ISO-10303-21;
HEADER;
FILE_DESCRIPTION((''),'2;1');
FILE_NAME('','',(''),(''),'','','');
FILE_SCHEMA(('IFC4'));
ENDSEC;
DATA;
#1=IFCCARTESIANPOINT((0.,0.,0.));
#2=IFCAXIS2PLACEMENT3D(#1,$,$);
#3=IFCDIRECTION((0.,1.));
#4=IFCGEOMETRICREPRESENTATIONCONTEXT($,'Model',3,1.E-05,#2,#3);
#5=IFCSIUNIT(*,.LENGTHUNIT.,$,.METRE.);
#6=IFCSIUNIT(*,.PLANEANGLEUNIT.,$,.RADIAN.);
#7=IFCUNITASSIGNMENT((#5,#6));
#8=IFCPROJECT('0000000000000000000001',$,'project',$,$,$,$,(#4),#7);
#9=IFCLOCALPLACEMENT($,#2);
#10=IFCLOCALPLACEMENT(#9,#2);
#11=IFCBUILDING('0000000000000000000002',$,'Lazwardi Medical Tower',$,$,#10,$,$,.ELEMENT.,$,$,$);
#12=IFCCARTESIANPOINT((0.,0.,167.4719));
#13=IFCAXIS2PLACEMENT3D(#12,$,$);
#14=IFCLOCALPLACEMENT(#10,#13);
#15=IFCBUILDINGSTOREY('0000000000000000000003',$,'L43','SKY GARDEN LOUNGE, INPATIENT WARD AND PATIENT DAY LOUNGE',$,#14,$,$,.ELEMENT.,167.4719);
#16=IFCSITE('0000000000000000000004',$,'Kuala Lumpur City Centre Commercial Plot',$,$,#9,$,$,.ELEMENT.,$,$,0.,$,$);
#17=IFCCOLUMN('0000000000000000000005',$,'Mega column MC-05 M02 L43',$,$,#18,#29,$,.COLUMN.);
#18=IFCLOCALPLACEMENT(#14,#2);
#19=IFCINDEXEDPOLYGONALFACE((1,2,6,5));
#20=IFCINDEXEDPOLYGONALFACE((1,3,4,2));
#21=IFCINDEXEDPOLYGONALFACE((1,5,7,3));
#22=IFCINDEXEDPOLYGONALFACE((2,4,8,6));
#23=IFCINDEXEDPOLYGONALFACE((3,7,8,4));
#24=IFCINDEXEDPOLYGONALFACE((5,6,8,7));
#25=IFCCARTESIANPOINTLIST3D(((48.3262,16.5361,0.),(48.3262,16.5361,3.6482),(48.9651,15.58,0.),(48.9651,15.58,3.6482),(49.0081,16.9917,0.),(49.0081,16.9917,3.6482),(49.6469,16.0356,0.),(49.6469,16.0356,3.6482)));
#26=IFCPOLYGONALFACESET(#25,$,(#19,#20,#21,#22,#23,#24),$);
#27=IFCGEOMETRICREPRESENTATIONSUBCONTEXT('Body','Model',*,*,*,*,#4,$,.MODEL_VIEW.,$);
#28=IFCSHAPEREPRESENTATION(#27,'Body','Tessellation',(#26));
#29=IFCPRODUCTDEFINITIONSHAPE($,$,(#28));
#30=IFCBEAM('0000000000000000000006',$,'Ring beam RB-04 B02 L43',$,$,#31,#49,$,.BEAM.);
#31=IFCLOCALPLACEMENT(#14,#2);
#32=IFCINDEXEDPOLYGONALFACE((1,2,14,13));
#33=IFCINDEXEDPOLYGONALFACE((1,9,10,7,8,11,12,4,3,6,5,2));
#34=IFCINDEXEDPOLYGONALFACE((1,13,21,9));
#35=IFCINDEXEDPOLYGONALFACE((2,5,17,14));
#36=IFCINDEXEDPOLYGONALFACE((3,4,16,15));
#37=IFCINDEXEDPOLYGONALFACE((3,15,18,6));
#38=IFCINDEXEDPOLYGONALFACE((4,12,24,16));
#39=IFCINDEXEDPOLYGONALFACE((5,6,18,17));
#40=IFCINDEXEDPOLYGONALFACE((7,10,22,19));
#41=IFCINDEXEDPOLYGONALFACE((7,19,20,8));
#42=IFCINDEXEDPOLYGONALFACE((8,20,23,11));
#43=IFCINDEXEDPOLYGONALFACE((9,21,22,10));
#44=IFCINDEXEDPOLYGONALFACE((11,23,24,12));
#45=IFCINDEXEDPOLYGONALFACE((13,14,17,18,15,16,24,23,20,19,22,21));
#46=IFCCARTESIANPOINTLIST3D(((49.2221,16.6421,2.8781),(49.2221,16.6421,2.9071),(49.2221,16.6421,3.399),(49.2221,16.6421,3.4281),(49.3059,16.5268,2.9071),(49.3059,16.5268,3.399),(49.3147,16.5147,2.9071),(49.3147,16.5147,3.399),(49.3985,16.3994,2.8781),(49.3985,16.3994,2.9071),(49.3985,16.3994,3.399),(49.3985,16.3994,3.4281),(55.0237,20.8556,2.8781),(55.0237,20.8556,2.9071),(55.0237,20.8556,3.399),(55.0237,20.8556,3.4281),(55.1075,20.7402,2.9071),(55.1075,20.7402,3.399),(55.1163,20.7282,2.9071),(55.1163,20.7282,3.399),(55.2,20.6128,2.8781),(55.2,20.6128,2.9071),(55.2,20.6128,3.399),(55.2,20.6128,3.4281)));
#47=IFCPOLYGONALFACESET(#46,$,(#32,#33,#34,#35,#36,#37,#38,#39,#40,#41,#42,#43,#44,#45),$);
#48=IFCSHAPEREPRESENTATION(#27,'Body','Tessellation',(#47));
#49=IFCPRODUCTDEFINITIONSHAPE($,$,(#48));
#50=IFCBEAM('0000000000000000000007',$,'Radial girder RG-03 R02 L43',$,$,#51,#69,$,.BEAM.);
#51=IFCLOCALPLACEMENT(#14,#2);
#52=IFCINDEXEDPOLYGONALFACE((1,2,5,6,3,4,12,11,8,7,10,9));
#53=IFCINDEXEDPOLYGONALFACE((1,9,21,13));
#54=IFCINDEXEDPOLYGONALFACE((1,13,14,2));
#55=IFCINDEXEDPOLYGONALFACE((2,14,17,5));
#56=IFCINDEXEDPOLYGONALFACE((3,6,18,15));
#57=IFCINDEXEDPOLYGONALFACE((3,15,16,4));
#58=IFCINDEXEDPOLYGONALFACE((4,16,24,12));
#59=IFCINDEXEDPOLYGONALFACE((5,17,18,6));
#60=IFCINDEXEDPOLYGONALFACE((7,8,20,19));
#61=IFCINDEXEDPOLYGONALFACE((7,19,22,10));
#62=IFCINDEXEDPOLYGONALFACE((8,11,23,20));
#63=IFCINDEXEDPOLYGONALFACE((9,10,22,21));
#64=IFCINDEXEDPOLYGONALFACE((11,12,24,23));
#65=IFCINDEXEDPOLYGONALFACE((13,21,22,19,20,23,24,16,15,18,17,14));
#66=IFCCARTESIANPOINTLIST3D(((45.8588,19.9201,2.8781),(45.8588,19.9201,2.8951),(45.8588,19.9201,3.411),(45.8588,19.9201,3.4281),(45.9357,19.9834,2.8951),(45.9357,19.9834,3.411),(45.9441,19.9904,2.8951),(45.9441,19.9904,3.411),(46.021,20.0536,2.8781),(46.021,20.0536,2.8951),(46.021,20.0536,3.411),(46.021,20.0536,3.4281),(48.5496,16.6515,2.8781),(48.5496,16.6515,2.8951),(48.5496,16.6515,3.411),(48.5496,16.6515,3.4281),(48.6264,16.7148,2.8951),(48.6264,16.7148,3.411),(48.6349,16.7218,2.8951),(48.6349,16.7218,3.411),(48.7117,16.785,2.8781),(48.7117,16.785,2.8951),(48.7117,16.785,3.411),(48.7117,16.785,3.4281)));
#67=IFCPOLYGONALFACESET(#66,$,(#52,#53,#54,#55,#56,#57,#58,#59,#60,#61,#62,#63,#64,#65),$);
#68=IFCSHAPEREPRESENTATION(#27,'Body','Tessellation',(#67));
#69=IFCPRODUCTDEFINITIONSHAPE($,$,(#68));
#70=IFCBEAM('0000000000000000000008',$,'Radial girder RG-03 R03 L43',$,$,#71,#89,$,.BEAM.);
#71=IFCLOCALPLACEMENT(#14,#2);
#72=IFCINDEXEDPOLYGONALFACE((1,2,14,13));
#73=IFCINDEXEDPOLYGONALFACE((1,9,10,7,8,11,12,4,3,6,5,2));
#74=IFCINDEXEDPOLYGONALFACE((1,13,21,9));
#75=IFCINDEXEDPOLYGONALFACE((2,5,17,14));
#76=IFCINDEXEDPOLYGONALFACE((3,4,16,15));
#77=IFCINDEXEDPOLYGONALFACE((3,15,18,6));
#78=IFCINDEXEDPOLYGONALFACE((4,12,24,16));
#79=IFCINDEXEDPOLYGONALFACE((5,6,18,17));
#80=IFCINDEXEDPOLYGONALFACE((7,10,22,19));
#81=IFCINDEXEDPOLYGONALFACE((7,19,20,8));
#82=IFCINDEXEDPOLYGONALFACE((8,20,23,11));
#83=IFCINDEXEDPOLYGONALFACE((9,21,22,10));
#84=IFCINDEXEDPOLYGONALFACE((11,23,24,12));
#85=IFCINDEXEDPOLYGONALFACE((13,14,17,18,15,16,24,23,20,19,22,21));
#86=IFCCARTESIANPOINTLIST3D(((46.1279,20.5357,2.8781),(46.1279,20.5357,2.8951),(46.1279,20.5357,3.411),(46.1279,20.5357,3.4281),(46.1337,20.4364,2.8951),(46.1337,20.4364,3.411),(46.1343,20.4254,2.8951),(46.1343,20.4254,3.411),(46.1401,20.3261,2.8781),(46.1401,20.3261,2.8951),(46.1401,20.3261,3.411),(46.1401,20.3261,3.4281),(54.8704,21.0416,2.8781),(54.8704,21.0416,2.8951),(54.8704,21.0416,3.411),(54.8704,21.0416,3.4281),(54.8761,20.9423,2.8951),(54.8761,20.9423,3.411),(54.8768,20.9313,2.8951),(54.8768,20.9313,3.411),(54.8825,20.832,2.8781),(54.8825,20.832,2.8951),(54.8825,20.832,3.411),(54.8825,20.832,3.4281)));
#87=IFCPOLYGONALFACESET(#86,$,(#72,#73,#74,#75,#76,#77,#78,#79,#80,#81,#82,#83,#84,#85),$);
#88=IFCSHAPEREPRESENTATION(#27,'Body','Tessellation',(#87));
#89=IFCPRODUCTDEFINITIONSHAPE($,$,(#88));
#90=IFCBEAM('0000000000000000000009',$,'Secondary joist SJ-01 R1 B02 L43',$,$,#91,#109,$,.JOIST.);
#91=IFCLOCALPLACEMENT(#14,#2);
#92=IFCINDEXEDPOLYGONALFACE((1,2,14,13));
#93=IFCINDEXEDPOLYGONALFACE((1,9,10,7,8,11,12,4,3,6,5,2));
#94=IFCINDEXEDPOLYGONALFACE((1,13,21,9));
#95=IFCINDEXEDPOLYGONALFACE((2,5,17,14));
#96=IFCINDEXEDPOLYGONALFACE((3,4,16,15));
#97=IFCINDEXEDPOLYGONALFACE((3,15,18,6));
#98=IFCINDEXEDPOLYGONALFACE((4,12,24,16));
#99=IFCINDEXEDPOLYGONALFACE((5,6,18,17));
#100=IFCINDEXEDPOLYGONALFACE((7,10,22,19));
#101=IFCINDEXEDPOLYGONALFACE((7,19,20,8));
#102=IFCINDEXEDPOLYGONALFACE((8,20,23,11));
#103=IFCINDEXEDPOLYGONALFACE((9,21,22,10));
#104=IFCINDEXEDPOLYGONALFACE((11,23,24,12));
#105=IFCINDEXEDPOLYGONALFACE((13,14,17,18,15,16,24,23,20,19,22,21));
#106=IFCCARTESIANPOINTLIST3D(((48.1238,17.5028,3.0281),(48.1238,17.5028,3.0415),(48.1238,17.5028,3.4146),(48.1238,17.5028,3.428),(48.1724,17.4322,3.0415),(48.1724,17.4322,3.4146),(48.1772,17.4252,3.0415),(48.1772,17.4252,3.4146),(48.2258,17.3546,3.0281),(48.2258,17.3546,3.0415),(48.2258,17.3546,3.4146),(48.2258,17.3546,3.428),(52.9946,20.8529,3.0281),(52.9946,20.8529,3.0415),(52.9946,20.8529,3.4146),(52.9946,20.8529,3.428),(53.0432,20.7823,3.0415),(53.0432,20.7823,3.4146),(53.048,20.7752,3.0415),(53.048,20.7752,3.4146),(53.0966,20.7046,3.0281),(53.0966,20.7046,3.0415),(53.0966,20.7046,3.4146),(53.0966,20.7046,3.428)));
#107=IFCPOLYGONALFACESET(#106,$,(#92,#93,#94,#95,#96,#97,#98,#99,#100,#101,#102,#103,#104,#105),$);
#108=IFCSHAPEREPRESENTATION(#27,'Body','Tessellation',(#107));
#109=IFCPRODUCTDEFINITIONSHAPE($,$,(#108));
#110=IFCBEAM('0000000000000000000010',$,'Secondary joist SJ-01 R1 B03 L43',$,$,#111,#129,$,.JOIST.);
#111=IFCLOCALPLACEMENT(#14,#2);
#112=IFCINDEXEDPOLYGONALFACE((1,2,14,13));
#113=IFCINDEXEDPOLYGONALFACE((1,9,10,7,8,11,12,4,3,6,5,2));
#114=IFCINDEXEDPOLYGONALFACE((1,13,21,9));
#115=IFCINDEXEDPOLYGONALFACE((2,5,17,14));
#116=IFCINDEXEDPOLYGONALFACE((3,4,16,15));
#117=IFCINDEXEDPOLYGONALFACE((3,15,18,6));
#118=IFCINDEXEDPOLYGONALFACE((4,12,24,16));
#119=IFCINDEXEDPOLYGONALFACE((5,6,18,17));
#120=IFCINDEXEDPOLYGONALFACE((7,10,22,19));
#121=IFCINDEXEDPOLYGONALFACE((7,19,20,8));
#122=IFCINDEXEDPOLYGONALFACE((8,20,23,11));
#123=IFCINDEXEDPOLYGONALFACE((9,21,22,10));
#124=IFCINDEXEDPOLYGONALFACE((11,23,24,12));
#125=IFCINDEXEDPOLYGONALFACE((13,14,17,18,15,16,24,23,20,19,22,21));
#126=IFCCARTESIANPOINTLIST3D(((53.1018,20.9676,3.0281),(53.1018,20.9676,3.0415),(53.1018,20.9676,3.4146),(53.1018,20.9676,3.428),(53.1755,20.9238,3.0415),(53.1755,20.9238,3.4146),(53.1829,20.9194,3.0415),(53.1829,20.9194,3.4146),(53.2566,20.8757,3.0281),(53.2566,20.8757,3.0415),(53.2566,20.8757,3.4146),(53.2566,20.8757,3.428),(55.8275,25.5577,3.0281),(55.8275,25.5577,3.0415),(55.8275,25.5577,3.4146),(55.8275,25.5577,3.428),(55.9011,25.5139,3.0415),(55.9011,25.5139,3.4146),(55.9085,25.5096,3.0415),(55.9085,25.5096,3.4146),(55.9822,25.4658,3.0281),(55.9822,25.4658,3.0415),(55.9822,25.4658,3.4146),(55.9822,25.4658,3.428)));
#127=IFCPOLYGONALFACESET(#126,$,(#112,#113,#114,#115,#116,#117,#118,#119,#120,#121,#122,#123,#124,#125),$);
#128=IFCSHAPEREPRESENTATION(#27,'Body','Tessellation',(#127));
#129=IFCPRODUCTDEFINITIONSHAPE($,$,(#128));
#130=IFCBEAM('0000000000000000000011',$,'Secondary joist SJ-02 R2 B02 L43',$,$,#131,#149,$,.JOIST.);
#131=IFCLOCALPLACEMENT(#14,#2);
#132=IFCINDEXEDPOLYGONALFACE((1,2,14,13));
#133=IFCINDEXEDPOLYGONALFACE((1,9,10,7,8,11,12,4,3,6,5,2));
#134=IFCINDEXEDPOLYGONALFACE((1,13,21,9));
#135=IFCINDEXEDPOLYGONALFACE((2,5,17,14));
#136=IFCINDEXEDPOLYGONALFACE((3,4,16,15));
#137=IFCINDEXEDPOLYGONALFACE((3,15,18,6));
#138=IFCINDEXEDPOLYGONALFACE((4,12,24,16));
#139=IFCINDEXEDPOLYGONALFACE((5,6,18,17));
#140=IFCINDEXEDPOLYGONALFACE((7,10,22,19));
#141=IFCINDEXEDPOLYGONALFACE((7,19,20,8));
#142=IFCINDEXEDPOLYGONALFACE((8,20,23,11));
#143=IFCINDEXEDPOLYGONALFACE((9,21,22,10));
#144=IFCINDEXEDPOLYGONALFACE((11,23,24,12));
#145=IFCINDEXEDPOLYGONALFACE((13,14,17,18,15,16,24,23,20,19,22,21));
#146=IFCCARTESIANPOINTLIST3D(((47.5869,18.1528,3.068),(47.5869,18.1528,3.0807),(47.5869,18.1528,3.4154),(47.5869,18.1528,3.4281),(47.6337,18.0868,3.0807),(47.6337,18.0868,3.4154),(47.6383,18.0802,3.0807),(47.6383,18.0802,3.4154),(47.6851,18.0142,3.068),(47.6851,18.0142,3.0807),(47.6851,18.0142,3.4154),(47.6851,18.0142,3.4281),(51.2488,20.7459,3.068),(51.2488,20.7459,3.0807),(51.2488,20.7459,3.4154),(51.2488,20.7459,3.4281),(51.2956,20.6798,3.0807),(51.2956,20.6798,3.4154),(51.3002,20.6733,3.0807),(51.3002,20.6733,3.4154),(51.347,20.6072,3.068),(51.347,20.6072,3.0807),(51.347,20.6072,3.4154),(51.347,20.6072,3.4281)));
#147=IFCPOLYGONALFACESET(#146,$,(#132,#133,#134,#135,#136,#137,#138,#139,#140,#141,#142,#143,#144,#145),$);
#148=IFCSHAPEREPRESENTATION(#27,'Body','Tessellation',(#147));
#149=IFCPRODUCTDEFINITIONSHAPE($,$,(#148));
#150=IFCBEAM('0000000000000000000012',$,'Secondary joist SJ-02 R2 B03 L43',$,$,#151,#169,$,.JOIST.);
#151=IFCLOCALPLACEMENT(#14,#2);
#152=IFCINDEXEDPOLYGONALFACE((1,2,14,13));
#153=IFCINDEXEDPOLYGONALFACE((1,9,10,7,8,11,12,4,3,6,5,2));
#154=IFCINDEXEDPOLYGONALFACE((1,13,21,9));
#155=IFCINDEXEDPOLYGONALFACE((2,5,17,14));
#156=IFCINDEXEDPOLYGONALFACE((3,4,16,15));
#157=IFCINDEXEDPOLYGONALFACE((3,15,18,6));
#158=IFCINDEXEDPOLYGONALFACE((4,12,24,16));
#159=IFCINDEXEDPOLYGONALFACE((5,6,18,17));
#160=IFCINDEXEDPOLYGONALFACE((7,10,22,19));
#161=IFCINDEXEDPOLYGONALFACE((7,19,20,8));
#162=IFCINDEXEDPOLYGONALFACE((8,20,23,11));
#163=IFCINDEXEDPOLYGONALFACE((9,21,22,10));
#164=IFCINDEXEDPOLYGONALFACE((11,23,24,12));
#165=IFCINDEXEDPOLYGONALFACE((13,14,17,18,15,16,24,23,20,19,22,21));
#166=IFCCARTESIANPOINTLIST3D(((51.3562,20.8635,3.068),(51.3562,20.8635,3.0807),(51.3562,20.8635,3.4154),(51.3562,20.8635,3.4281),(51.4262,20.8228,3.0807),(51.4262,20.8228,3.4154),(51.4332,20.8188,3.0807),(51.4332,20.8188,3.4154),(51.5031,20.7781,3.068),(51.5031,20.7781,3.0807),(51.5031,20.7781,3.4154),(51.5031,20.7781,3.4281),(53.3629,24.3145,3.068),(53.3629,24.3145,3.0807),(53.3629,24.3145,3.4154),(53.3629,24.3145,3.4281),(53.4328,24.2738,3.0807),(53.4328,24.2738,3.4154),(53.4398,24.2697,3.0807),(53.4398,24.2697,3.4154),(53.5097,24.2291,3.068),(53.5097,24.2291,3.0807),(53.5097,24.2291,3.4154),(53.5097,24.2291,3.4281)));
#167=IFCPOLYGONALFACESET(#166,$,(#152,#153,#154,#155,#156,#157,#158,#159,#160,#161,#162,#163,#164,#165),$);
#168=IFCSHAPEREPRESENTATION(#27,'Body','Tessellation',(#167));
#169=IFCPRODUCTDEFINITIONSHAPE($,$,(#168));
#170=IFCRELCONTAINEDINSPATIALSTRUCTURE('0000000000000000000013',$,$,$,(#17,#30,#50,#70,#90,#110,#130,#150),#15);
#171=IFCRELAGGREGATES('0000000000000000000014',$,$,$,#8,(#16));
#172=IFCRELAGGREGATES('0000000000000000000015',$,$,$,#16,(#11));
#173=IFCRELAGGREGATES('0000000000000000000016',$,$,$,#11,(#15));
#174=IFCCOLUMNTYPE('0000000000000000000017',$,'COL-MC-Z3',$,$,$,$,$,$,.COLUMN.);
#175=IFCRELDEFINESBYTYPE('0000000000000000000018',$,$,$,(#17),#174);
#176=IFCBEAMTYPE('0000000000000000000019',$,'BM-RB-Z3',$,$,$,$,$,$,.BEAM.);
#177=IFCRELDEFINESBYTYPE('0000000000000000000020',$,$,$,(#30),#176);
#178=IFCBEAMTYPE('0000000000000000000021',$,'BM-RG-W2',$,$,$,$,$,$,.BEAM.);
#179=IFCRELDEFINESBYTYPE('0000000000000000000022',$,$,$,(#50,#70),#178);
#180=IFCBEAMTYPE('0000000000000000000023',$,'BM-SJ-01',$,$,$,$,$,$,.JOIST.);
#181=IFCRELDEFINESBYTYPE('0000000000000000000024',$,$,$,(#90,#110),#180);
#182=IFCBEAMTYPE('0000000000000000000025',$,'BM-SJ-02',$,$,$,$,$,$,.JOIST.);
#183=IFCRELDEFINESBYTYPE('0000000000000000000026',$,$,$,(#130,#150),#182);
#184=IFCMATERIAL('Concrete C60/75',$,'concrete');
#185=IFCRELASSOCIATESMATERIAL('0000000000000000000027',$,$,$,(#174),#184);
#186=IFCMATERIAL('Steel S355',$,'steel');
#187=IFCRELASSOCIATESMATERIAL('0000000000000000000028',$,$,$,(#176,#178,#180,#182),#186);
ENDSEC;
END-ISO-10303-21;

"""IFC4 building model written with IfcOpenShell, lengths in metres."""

from ifc_helpers import new_model, si_unit, direction, frame, origin, origin_2d, place, context, subcontext, project, spatial, rectangle, i_section, extrude, material, material_profile, profile_set, type_object, element, save


model = new_model("IFC4")

# Units and contexts
model_context = context("Model", 3, precision=1e-05, world=origin(), true_north=direction((0.0, 1.0)))
body_context = subcontext(model_context, "Body", "Model", "MODEL_VIEW")
ifc_project = project(units=[si_unit("LENGTHUNIT", "METRE"), si_unit("PLANEANGLEUNIT", "RADIAN")], contexts=[model_context])

# Site, building, storey
site_placement = place(None, origin())
site = spatial("IfcSite", under=ifc_project, at=site_placement, Name="Kuala Lumpur City Centre Commercial Plot", CompositionType="ELEMENT", RefElevation=0.0)
building_placement = place(site_placement, origin())
building = spatial("IfcBuilding", under=site, at=building_placement, Name="Lazwardi Medical Tower", CompositionType="ELEMENT")
storey_placement = place(building_placement, frame((0.0, 0.0, 167.4719)))
storey = spatial("IfcBuildingStorey", under=building, at=storey_placement, Name="L43", Description="SKY GARDEN LOUNGE, INPATIENT WARD AND PATIENT DAY LOUNGE", CompositionType="ELEMENT", Elevation=167.4719)

# Column
ifc_material_1 = material(Name="Concrete C60/75", Category="concrete")
ifc_material_profile_1 = material_profile(ifc_material_1, rectangle(XDim=1.1499, YDim=0.8201, at=origin_2d()), Name="CFT-RECT 1150x820")
ifc_profile_set_1 = profile_set([ifc_material_profile_1], Name="Concrete C60/75")
column_type = type_object("IfcColumnType", Name="COL-MC-Z3", PredefinedType="COLUMN", material=ifc_profile_set_1)
column_placement = place(storey_placement, frame((48.9866, 16.2859, 0.0), z_axis=(0.0, 0.0, 1.0), x_axis=(0.55557, -0.83147, 0.0)))
element("IfcColumn", 1, at=column_placement, inside=storey, type_object=column_type, Name="Mega column MC-05 M02 L43", PredefinedType="COLUMN", context=body_context, shape_type="SweptSolid", body=[
    extrude(rectangle(XDim=1.1499, YDim=0.8201, at=origin_2d()), origin(), (0.0, 0.0, 1.0), 3.6482),
])

# Beams
ifc_material_2 = material(Name="Steel S355", Category="steel")
ifc_material_profile_2 = material_profile(ifc_material_2, i_section(OverallWidth=0.3, OverallDepth=0.55, WebThickness=0.0149, FlangeThickness=0.0291, at=origin_2d()), Name="HEB 550")
ifc_profile_set_2 = profile_set([ifc_material_profile_2], Name="Steel S355")
beam_type_1 = type_object("IfcBeamType", Name="BM-RB-Z3", PredefinedType="BEAM", material=ifc_profile_set_2)
beam_1_placement = place(storey_placement, frame((49.3103, 16.5208, 3.1531), z_axis=(0.809128, 0.587633, 0.0), x_axis=(-0.587633, 0.809128, 0.0)))
element("IfcBeam", 2, at=beam_1_placement, inside=storey, type_object=beam_type_1, Name="Ring beam RB-04 B02 L43", PredefinedType="BEAM", context=body_context, shape_type="SweptSolid", body=[
    extrude(i_section(OverallWidth=0.3, OverallDepth=0.55, WebThickness=0.0149, FlangeThickness=0.0291, at=origin_2d()), origin(), (0.0, 0.0, 1.0), 7.1702),
])
ifc_material_profile_3 = material_profile(ifc_material_2, i_section(OverallWidth=0.21, OverallDepth=0.55, WebThickness=0.011, FlangeThickness=0.0171, at=origin_2d()), Name="IPE 550")
ifc_profile_set_3 = profile_set([ifc_material_profile_3], Name="Steel S355")
beam_type_2 = type_object("IfcBeamType", Name="BM-RG-W2", PredefinedType="BEAM", material=ifc_profile_set_3)
beam_2_placement = place(storey_placement, frame((48.6306, 16.7183, 3.1531), z_axis=(-0.635556, 0.772055, 0.0), x_axis=(-0.772055, -0.635556, 0.0)))
element("IfcBeam", 3, at=beam_2_placement, inside=storey, type_object=beam_type_2, Name="Radial girder RG-03 R02 L43", PredefinedType="BEAM", context=body_context, shape_type="SweptSolid", body=[
    extrude(i_section(OverallWidth=0.21, OverallDepth=0.55, WebThickness=0.011, FlangeThickness=0.0171, at=origin_2d()), origin(), (0.0, 0.0, 1.0), 4.2336),
])
beam_3_placement = place(storey_placement, frame((54.8765, 20.9368, 3.1531), z_axis=(-0.99833, -0.057766, 0.0), x_axis=(0.057766, -0.99833, 0.0)))
element("IfcBeam", 4, at=beam_3_placement, inside=storey, type_object=beam_type_2, Name="Radial girder RG-03 R03 L43", PredefinedType="BEAM", context=body_context, shape_type="SweptSolid", body=[
    extrude(i_section(OverallWidth=0.21, OverallDepth=0.55, WebThickness=0.011, FlangeThickness=0.0171, at=origin_2d()), origin(), (0.0, 0.0, 1.0), 8.7571),
])
ifc_material_profile_4 = material_profile(ifc_material_2, i_section(OverallWidth=0.1799, OverallDepth=0.3999, WebThickness=0.0085, FlangeThickness=0.0134, at=origin_2d()), Name="IPE 400")
ifc_profile_set_4 = profile_set([ifc_material_profile_4], Name="Steel S355")
beam_type_3 = type_object("IfcBeamType", Name="BM-SJ-01", PredefinedType="JOIST", material=ifc_profile_set_4)
beam_4_placement = place(storey_placement, frame((48.1748, 17.4287, 3.228), z_axis=(0.823932, 0.566688, 0.0), x_axis=(-0.566688, 0.823932, 0.0)))
element("IfcBeam", 5, at=beam_4_placement, inside=storey, type_object=beam_type_3, Name="Secondary joist SJ-01 R1 B02 L43", PredefinedType="JOIST", context=body_context, shape_type="SweptSolid", body=[
    extrude(i_section(OverallWidth=0.1799, OverallDepth=0.3999, WebThickness=0.0085, FlangeThickness=0.0134, at=origin_2d()), origin(), (0.0, 0.0, 1.0), 5.9116),
])
beam_5_placement = place(storey_placement, frame((53.1792, 20.9216, 3.228), z_axis=(0.510569, 0.859837, 0.0), x_axis=(-0.859837, 0.510569, 0.0)))
element("IfcBeam", 6, at=beam_5_placement, inside=storey, type_object=beam_type_3, Name="Secondary joist SJ-01 R1 B03 L43", PredefinedType="JOIST", context=body_context, shape_type="SweptSolid", body=[
    extrude(i_section(OverallWidth=0.1799, OverallDepth=0.3999, WebThickness=0.0085, FlangeThickness=0.0134, at=origin_2d()), origin(), (0.0, 0.0, 1.0), 5.3384),
])
ifc_material_profile_5 = material_profile(ifc_material_2, i_section(OverallWidth=0.1699, OverallDepth=0.3601, WebThickness=0.0081, FlangeThickness=0.0127, at=origin_2d()), Name="IPE 360")
ifc_profile_set_5 = profile_set([ifc_material_profile_5], Name="Steel S355")
beam_type_4 = type_object("IfcBeamType", Name="BM-SJ-02", PredefinedType="JOIST", material=ifc_profile_set_5)
beam_6_placement = place(storey_placement, frame((47.636, 18.0835, 3.248), z_axis=(0.816109, 0.577898, 0.0), x_axis=(-0.577898, 0.816109, 0.0)))
element("IfcBeam", 7, at=beam_6_placement, inside=storey, type_object=beam_type_4, Name="Secondary joist SJ-02 R2 B02 L43", PredefinedType="JOIST", context=body_context, shape_type="SweptSolid", body=[
    extrude(i_section(OverallWidth=0.1699, OverallDepth=0.3601, WebThickness=0.0081, FlangeThickness=0.0127, at=origin_2d()), origin(), (0.0, 0.0, 1.0), 4.4871),
])
beam_7_placement = place(storey_placement, frame((51.4297, 20.8208, 3.248), z_axis=(0.502665, 0.864481, 0.0), x_axis=(-0.864481, 0.502665, 0.0)))
element("IfcBeam", 8, at=beam_7_placement, inside=storey, type_object=beam_type_4, Name="Secondary joist SJ-02 R2 B03 L43", PredefinedType="JOIST", context=body_context, shape_type="SweptSolid", body=[
    extrude(i_section(OverallWidth=0.1699, OverallDepth=0.3601, WebThickness=0.0081, FlangeThickness=0.0127, at=origin_2d()), origin(), (0.0, 0.0, 1.0), 3.9919),
])

save(model, "model.ifc")
